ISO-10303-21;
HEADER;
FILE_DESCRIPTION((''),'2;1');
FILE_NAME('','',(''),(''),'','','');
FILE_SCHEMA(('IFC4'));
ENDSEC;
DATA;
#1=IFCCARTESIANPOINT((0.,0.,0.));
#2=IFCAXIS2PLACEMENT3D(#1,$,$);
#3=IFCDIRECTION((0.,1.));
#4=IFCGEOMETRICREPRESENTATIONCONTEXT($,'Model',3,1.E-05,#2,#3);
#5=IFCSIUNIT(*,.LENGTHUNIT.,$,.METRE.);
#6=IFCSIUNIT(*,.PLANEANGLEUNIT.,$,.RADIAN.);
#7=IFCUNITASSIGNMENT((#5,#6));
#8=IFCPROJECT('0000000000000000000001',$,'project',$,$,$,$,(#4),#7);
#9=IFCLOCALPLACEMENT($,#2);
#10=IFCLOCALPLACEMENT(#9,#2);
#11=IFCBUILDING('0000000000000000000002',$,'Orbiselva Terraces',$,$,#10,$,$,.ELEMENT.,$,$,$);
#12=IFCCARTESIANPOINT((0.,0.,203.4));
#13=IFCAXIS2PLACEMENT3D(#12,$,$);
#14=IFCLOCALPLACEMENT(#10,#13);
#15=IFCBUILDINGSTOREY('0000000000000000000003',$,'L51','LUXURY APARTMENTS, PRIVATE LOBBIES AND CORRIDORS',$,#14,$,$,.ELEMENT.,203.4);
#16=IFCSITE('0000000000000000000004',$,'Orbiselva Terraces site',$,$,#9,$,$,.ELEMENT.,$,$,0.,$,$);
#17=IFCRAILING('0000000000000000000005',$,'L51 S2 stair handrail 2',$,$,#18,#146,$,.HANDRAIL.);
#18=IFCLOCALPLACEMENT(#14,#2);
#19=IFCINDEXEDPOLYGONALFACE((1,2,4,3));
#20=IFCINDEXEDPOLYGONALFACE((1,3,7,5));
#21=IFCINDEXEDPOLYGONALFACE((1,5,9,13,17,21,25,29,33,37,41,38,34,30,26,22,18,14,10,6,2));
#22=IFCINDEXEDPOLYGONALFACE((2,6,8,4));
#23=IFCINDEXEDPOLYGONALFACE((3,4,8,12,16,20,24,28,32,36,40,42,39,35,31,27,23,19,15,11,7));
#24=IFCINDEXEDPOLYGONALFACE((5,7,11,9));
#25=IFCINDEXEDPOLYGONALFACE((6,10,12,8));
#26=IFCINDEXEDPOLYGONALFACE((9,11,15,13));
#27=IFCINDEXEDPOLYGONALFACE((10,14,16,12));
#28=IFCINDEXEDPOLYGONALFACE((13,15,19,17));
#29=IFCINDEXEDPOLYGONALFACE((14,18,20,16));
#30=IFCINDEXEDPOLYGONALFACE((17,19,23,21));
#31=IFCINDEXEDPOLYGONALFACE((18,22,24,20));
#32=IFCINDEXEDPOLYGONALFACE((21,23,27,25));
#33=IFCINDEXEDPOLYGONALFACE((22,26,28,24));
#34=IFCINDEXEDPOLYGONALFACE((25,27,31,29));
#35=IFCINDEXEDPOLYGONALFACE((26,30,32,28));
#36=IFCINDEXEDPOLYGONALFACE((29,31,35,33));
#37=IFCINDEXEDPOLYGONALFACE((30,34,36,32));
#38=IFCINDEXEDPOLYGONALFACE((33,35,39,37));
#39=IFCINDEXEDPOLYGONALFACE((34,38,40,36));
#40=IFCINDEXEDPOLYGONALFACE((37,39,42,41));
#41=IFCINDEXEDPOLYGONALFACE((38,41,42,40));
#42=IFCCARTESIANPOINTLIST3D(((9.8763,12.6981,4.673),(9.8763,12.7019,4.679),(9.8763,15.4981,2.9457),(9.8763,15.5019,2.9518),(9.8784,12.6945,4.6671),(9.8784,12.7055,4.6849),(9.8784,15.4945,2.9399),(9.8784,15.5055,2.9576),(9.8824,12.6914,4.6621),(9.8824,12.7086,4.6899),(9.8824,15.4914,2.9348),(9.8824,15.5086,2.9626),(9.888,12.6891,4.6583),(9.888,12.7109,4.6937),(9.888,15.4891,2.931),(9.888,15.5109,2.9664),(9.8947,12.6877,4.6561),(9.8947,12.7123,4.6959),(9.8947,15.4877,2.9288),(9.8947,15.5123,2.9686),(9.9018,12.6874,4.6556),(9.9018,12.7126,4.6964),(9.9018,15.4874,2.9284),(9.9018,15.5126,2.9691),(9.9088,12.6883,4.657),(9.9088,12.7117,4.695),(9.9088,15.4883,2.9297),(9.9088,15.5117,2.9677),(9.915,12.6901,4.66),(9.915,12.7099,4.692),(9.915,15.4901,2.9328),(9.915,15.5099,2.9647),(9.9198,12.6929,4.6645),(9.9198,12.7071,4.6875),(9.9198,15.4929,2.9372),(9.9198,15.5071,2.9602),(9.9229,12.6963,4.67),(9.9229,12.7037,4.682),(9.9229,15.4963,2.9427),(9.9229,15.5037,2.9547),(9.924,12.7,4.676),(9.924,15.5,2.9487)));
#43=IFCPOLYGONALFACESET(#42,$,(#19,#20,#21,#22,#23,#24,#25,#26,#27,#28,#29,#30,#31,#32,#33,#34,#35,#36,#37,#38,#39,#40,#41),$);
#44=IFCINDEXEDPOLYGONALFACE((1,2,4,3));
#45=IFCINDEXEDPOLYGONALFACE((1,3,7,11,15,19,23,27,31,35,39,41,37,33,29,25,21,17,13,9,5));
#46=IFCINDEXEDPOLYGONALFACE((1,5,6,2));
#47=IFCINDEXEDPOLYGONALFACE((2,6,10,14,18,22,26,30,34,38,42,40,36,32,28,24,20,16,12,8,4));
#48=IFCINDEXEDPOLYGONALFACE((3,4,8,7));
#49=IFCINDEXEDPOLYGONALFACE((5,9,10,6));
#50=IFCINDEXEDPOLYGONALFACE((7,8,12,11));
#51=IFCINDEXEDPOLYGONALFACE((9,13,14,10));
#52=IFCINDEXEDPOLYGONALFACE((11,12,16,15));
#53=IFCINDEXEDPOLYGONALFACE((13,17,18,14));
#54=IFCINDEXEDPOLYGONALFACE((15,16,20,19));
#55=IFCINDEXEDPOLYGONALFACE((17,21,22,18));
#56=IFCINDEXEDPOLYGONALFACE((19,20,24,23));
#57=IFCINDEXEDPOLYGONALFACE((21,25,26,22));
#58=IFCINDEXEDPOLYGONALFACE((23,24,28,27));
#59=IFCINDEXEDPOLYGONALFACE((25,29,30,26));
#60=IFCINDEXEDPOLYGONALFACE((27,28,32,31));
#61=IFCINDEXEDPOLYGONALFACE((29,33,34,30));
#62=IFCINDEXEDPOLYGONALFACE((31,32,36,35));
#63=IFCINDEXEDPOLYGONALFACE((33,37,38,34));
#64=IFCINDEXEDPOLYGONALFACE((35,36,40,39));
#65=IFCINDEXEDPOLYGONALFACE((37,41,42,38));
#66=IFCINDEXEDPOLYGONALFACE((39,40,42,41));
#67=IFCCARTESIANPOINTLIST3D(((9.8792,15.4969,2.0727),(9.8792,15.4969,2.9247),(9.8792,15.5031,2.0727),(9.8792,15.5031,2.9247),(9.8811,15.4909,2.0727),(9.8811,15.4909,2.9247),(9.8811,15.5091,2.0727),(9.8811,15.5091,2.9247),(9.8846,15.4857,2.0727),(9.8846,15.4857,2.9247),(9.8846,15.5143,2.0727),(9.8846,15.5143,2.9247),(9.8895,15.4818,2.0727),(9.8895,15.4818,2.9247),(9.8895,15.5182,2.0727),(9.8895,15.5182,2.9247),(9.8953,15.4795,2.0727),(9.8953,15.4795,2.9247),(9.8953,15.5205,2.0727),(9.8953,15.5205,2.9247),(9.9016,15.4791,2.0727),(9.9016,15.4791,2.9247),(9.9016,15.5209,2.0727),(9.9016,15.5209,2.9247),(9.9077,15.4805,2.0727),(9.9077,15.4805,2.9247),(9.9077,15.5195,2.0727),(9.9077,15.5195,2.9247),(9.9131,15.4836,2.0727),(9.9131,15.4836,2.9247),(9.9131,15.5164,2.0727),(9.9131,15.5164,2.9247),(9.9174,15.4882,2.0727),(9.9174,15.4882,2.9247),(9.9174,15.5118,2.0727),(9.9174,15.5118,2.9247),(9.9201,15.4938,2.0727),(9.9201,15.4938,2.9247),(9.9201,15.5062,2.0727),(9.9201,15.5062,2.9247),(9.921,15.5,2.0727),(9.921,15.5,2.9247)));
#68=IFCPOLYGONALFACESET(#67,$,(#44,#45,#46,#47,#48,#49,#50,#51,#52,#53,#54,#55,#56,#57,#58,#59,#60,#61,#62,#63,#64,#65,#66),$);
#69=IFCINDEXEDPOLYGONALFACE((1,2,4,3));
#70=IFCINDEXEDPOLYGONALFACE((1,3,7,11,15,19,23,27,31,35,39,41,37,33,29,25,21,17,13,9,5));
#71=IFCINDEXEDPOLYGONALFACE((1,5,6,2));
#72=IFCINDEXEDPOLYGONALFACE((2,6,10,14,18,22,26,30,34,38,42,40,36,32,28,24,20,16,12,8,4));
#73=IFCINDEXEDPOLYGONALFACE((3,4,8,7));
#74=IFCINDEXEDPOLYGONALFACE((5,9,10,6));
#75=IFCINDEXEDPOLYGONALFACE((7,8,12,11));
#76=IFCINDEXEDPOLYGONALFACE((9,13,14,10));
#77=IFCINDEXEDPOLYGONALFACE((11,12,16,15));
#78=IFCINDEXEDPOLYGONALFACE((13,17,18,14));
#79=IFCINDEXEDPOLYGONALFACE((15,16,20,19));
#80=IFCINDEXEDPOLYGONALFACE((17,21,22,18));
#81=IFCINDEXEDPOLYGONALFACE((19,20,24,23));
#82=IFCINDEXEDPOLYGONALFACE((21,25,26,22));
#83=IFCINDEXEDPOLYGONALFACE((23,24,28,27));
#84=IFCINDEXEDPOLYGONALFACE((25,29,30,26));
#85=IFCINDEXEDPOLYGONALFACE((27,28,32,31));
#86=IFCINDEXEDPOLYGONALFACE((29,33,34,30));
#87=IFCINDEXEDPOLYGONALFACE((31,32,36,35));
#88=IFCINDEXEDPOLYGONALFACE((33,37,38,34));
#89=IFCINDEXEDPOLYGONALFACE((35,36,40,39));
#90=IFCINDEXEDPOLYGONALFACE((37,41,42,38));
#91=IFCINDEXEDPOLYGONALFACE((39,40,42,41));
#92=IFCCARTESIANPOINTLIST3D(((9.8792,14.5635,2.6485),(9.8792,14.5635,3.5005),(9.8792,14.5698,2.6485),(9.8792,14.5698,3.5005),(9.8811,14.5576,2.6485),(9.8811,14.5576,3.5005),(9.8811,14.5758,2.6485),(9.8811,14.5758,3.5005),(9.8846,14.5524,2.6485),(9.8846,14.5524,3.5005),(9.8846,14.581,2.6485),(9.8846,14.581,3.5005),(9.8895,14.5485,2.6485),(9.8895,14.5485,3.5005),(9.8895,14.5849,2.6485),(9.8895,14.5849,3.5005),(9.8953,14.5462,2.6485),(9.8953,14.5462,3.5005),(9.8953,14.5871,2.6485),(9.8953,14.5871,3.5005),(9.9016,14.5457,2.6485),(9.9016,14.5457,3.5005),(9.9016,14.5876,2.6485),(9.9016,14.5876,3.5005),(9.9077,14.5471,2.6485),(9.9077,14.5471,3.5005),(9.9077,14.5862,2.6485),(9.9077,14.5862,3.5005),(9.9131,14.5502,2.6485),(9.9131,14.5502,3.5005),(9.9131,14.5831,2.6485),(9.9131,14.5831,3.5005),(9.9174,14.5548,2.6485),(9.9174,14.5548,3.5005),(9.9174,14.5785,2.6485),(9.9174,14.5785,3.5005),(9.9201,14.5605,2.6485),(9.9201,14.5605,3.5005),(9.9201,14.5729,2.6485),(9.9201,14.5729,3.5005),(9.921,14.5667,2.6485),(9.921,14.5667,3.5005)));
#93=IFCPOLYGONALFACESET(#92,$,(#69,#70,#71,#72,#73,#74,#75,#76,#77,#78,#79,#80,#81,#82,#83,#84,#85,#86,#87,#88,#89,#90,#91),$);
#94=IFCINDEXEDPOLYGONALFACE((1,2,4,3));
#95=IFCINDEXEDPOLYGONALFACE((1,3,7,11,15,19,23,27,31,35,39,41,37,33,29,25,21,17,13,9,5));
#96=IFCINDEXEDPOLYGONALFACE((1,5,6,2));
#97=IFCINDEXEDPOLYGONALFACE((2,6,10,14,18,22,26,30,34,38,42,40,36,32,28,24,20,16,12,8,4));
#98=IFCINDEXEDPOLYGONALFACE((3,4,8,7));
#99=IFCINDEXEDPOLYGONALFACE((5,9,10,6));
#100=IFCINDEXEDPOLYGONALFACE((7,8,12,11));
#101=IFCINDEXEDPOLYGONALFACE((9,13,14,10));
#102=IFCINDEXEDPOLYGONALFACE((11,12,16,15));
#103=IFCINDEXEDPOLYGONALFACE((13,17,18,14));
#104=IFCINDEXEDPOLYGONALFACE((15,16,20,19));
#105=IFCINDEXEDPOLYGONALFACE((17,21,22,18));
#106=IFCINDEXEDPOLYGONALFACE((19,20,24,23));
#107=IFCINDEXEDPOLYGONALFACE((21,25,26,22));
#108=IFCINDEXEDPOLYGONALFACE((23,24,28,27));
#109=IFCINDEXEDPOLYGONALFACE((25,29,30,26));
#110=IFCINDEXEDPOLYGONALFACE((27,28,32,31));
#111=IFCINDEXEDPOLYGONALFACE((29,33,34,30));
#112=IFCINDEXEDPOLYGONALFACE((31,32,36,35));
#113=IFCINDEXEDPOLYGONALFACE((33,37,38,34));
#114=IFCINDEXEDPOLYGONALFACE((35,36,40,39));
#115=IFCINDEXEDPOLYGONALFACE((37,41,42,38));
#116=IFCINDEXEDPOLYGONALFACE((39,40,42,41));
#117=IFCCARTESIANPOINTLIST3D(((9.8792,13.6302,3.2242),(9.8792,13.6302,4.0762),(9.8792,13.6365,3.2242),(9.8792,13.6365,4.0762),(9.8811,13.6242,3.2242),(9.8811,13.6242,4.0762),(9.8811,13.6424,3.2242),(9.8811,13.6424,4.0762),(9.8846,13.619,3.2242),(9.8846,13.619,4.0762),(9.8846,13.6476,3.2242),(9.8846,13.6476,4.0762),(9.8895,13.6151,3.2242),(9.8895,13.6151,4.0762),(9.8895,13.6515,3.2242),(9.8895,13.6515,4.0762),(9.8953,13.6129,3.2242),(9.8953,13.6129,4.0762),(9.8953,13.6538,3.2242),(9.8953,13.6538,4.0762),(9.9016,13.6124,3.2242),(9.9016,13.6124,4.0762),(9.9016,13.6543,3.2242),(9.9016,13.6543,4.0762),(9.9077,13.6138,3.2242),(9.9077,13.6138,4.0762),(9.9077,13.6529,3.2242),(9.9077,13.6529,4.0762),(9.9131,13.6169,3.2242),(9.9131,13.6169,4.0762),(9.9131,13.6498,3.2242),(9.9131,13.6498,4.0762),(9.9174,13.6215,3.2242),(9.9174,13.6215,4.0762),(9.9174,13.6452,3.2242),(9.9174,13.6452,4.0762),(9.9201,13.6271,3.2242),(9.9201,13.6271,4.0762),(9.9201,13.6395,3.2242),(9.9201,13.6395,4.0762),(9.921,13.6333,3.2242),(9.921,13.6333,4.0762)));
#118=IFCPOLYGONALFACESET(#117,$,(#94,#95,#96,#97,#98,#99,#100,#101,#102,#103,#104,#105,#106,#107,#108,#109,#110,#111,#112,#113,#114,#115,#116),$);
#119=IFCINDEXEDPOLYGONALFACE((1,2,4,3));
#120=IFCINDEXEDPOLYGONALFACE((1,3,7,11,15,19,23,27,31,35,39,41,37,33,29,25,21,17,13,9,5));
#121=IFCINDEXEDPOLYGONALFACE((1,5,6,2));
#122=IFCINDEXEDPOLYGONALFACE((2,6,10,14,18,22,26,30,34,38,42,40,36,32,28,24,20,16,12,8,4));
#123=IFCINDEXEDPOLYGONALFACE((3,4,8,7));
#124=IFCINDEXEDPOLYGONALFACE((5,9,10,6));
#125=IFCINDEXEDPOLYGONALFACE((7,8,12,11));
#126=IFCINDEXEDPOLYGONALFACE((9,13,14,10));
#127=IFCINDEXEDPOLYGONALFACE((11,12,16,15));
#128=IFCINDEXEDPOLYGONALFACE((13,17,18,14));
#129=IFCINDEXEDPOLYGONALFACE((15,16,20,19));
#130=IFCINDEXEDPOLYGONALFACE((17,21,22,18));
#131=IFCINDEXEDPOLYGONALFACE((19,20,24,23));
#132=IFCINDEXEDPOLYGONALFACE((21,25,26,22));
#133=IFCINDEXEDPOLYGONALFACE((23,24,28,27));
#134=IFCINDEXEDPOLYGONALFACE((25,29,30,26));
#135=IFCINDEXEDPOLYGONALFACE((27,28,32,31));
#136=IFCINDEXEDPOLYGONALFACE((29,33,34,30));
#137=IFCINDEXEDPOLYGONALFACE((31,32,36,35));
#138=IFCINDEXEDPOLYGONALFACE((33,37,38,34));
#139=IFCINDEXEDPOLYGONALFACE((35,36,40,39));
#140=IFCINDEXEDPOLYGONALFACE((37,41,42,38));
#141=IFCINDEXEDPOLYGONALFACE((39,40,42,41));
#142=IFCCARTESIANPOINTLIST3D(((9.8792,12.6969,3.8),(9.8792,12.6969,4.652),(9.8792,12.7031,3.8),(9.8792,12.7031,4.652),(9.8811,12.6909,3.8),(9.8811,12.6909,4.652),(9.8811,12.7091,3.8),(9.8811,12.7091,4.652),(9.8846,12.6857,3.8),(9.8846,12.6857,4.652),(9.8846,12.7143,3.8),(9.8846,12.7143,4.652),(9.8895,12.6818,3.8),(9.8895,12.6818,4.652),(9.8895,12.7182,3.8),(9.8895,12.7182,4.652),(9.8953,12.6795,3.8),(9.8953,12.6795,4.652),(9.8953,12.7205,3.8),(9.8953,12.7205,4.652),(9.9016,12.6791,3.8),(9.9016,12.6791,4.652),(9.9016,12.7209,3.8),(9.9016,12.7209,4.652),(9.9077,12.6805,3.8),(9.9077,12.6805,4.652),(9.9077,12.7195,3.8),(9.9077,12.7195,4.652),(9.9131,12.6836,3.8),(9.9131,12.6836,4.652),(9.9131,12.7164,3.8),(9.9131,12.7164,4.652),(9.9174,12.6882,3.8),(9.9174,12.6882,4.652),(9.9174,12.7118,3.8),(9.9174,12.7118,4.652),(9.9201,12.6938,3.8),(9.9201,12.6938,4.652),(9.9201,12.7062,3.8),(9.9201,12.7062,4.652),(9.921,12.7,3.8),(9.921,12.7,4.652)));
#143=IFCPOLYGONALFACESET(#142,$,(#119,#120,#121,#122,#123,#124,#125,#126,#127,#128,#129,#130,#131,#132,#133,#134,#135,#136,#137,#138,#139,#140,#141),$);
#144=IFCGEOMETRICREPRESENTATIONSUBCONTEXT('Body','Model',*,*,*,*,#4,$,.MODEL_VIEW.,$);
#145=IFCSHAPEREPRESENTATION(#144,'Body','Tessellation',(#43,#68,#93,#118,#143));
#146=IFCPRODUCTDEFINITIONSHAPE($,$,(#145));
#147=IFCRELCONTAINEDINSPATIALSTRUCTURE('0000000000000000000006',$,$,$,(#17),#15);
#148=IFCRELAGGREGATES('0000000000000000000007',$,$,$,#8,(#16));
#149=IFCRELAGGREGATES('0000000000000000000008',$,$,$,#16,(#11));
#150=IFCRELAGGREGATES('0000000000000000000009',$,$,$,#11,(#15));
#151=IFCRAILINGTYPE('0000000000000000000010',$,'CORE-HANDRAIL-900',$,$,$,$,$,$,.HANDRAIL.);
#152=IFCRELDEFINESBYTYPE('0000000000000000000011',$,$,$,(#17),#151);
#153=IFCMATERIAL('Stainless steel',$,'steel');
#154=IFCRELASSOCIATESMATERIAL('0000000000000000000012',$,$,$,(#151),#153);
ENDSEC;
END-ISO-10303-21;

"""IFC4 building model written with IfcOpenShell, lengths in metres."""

from ifc_helpers import new_model, si_unit, direction, frame, origin, origin_2d, place, context, subcontext, project, spatial, circle, extrude, material, type_object, element, save


model = new_model("IFC4")

# Units and contexts
model_context = context("Model", 3, precision=1e-05, world=origin(), true_north=direction((0.0, 1.0)))
body_context = subcontext(model_context, "Body", "Model", "MODEL_VIEW")
ifc_project = project(units=[si_unit("LENGTHUNIT", "METRE"), si_unit("PLANEANGLEUNIT", "RADIAN")], contexts=[model_context])

# Site, building, storey
site_placement = place(None, origin())
site = spatial("IfcSite", under=ifc_project, at=site_placement, Name="Orbiselva Terraces site", CompositionType="ELEMENT", RefElevation=0.0)
building_placement = place(site_placement, origin())
building = spatial("IfcBuilding", under=site, at=building_placement, Name="Orbiselva Terraces", CompositionType="ELEMENT")
storey_placement = place(building_placement, frame((0.0, 0.0, 203.4)))
storey = spatial("IfcBuildingStorey", under=building, at=storey_placement, Name="L51", Description="LUXURY APARTMENTS, PRIVATE LOBBIES AND CORRIDORS", CompositionType="ELEMENT", Elevation=203.4)

# Railing
ifc_material_1 = material(Name="Stainless steel", Category="steel")
railing_type = type_object("IfcRailingType", Name="CORE-HANDRAIL-900", PredefinedType="HANDRAIL", material=ifc_material_1)
railing_placement = place(storey_placement, frame((9.9, 15.5, 2.0727)))
element("IfcRailing", 1, at=railing_placement, inside=storey, type_object=railing_type, Name="L51 S2 stair handrail 2", PredefinedType="HANDRAIL", context=body_context, shape_type="SweptSolid", body=[
    extrude(circle(Radius=0.024, at=origin_2d()), frame((0.0, 0.0, 0.876), z_axis=(0.0, -0.851089, 0.525022), x_axis=(1.0, 0.0, 0.0)), (0.0, 0.0, 1.0), 3.2899),
    extrude(circle(Radius=0.021, at=origin_2d()), origin(), (0.0, 0.0, 1.0), 0.852),
    extrude(circle(Radius=0.021, at=origin_2d()), frame((0.0, -0.9333, 0.5758)), (0.0, 0.0, 1.0), 0.852),
    extrude(circle(Radius=0.021, at=origin_2d()), frame((0.0, -1.8667, 1.1515)), (0.0, 0.0, 1.0), 0.852),
    extrude(circle(Radius=0.021, at=origin_2d()), frame((0.0, -2.8, 1.7273)), (0.0, 0.0, 1.0), 0.852),
])

save(model, "model.ifc")
